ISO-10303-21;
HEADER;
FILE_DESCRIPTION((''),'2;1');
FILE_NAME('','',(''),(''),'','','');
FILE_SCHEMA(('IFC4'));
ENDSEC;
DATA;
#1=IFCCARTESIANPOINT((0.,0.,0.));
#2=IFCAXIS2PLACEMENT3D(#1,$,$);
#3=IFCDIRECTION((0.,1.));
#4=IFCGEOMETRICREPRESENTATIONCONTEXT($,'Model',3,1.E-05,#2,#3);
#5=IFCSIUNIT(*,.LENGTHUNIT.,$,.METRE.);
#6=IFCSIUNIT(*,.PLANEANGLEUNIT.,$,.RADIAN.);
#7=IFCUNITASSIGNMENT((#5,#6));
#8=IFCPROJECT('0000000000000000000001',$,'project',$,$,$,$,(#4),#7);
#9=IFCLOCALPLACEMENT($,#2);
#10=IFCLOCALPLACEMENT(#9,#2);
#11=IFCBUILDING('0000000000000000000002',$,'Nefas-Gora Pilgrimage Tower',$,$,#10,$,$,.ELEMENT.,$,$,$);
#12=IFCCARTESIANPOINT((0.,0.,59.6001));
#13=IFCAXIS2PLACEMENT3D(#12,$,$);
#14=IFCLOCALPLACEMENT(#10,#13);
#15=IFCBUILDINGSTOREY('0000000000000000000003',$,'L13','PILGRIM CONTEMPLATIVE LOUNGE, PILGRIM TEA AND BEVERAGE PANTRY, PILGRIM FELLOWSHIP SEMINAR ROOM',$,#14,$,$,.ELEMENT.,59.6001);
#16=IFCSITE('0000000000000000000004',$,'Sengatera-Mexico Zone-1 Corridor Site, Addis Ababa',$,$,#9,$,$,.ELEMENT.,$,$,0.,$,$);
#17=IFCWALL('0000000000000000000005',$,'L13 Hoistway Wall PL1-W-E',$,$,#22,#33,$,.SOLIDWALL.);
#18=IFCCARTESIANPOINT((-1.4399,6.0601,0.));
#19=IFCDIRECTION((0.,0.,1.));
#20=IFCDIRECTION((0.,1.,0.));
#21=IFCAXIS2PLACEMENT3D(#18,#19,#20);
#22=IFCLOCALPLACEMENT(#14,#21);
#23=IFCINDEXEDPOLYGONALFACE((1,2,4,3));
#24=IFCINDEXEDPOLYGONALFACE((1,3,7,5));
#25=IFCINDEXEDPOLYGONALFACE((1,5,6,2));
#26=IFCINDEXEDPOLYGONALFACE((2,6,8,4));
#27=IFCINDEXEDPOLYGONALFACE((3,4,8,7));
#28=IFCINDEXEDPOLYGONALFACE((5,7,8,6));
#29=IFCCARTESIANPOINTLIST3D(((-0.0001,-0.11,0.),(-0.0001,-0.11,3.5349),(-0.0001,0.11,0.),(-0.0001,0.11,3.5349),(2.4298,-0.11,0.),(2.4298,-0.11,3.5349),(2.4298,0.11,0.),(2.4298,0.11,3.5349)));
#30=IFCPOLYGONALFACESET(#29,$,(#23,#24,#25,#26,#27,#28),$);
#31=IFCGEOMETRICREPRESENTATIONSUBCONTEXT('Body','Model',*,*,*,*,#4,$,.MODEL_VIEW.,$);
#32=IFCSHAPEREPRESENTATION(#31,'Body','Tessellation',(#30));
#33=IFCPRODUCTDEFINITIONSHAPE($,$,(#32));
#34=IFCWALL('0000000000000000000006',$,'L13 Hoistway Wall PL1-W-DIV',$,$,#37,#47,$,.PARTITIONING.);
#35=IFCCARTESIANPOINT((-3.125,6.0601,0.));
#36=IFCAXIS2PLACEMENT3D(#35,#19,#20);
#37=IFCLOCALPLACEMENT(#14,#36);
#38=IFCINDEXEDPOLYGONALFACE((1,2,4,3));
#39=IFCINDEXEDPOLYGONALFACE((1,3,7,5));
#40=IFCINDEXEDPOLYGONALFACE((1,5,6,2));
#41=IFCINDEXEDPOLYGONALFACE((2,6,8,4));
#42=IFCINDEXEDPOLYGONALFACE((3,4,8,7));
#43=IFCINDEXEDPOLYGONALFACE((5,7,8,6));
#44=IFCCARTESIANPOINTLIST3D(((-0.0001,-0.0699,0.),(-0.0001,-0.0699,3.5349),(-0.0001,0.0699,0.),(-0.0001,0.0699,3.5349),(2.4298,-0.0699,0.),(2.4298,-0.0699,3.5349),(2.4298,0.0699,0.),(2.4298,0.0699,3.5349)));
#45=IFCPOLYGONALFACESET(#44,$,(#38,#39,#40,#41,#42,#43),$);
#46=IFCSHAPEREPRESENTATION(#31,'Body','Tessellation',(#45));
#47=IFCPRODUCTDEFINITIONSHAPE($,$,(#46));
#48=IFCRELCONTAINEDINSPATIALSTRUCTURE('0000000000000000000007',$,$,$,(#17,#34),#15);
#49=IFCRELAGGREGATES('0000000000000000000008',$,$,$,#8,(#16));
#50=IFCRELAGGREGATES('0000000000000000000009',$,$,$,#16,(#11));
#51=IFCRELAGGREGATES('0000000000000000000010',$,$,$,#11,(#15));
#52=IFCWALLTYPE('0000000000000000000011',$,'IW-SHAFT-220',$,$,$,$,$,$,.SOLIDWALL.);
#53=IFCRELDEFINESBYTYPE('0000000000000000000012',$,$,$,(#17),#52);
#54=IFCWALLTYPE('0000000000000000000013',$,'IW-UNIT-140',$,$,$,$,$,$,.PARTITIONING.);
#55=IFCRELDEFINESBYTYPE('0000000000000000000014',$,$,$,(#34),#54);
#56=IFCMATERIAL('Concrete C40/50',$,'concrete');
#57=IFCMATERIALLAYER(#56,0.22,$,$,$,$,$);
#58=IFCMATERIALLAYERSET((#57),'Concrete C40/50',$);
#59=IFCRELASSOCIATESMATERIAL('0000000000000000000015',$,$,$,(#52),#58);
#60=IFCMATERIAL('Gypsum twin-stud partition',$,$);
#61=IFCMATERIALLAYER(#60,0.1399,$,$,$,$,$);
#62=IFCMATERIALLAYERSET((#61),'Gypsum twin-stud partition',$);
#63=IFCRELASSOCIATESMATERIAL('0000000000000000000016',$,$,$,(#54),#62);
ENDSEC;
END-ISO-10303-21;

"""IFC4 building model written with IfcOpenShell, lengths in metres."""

from ifc_helpers import new_model, si_unit, direction, frame, frame_2d, origin, place, context, subcontext, project, spatial, rectangle, extrude, source, transform, mapped, material, layer, layer_set, type_object, element, save


model = new_model("IFC4")

# Units and contexts
model_context = context("Model", 3, precision=1e-05, world=origin(), true_north=direction((0.0, 1.0)))
body_context = subcontext(model_context, "Body", "Model", "MODEL_VIEW")
ifc_project = project(units=[si_unit("LENGTHUNIT", "METRE"), si_unit("PLANEANGLEUNIT", "RADIAN")], contexts=[model_context])

# Site, building, storey
site_placement = place(None, origin())
site = spatial("IfcSite", under=ifc_project, at=site_placement, Name="Sengatera-Mexico Zone-1 Corridor Site, Addis Ababa", CompositionType="ELEMENT", RefElevation=0.0)
building_placement = place(site_placement, origin())
building = spatial("IfcBuilding", under=site, at=building_placement, Name="Nefas-Gora Pilgrimage Tower", CompositionType="ELEMENT")
storey_placement = place(building_placement, frame((0.0, 0.0, 59.6001)))
storey = spatial("IfcBuildingStorey", under=building, at=storey_placement, Name="L13", Description="PILGRIM CONTEMPLATIVE LOUNGE, PILGRIM TEA AND BEVERAGE PANTRY, PILGRIM FELLOWSHIP SEMINAR ROOM", CompositionType="ELEMENT", Elevation=59.6001)

# Shared definitions
ifc_material_1 = material(Name="Concrete C40/50", Category="concrete")

# Shared definitions
ifc_layer_1 = layer(ifc_material_1, 0.22)
ifc_layer_set_1 = layer_set([ifc_layer_1], Name="Concrete C40/50")
wall_type_1 = type_object("IfcWallType", Name="IW-SHAFT-220", PredefinedType="SOLIDWALL", material=ifc_layer_set_1)

# Walls
shared_shape_1 = source(origin(), body_context, "Body", "SweptSolid", [
    extrude(rectangle(XDim=2.4299, YDim=0.22, at=frame_2d((1.2148, 0.0))), origin(), (0.0, 0.0, 1.0), 3.5349),
])
for number, where, z_axis, x_axis, name in (
    (1, (-1.4399, 6.0601, 0.0), (0.0, 0.0, 1.0), (0.0, 1.0, 0.0), "L13 Hoistway Wall PL1-W-E"),
):
    element("IfcWall", number, at=place(storey_placement, frame(where, z_axis=z_axis, x_axis=x_axis)), inside=storey, type_object=wall_type_1, Name=name, PredefinedType="SOLIDWALL", context=body_context, shape_type="MappedRepresentation", body=[
        mapped(shared_shape_1, transform((0.0, 0.0, 0.0), x_axis=(1.0, 0.0, 0.0), y_axis=(0.0, 1.0, 0.0), z_axis=(0.0, 0.0, 1.0), scale=1.0)),
    ])
ifc_material_2 = material(Name="Gypsum twin-stud partition")
ifc_layer_2 = layer(ifc_material_2, 0.1399)
ifc_layer_set_2 = layer_set([ifc_layer_2], Name="Gypsum twin-stud partition")
wall_type_2 = type_object("IfcWallType", Name="IW-UNIT-140", PredefinedType="PARTITIONING", material=ifc_layer_set_2)
shared_shape_2 = source(origin(), body_context, "Body", "SweptSolid", [
    extrude(rectangle(XDim=2.4299, YDim=0.1399, at=frame_2d((1.2148, 0.0))), origin(), (0.0, 0.0, 1.0), 3.5349),
])
wall_1_placement = place(storey_placement, frame((-3.125, 6.0601, 0.0), z_axis=(0.0, 0.0, 1.0), x_axis=(0.0, 1.0, 0.0)))
element("IfcWall", 2, at=wall_1_placement, inside=storey, type_object=wall_type_2, Name="L13 Hoistway Wall PL1-W-DIV", PredefinedType="PARTITIONING", context=body_context, shape_type="MappedRepresentation", body=[
    mapped(shared_shape_2, transform((0.0, 0.0, 0.0), x_axis=(1.0, 0.0, 0.0), y_axis=(0.0, 1.0, 0.0), z_axis=(0.0, 0.0, 1.0), scale=1.0)),
])

save(model, "model.ifc")
